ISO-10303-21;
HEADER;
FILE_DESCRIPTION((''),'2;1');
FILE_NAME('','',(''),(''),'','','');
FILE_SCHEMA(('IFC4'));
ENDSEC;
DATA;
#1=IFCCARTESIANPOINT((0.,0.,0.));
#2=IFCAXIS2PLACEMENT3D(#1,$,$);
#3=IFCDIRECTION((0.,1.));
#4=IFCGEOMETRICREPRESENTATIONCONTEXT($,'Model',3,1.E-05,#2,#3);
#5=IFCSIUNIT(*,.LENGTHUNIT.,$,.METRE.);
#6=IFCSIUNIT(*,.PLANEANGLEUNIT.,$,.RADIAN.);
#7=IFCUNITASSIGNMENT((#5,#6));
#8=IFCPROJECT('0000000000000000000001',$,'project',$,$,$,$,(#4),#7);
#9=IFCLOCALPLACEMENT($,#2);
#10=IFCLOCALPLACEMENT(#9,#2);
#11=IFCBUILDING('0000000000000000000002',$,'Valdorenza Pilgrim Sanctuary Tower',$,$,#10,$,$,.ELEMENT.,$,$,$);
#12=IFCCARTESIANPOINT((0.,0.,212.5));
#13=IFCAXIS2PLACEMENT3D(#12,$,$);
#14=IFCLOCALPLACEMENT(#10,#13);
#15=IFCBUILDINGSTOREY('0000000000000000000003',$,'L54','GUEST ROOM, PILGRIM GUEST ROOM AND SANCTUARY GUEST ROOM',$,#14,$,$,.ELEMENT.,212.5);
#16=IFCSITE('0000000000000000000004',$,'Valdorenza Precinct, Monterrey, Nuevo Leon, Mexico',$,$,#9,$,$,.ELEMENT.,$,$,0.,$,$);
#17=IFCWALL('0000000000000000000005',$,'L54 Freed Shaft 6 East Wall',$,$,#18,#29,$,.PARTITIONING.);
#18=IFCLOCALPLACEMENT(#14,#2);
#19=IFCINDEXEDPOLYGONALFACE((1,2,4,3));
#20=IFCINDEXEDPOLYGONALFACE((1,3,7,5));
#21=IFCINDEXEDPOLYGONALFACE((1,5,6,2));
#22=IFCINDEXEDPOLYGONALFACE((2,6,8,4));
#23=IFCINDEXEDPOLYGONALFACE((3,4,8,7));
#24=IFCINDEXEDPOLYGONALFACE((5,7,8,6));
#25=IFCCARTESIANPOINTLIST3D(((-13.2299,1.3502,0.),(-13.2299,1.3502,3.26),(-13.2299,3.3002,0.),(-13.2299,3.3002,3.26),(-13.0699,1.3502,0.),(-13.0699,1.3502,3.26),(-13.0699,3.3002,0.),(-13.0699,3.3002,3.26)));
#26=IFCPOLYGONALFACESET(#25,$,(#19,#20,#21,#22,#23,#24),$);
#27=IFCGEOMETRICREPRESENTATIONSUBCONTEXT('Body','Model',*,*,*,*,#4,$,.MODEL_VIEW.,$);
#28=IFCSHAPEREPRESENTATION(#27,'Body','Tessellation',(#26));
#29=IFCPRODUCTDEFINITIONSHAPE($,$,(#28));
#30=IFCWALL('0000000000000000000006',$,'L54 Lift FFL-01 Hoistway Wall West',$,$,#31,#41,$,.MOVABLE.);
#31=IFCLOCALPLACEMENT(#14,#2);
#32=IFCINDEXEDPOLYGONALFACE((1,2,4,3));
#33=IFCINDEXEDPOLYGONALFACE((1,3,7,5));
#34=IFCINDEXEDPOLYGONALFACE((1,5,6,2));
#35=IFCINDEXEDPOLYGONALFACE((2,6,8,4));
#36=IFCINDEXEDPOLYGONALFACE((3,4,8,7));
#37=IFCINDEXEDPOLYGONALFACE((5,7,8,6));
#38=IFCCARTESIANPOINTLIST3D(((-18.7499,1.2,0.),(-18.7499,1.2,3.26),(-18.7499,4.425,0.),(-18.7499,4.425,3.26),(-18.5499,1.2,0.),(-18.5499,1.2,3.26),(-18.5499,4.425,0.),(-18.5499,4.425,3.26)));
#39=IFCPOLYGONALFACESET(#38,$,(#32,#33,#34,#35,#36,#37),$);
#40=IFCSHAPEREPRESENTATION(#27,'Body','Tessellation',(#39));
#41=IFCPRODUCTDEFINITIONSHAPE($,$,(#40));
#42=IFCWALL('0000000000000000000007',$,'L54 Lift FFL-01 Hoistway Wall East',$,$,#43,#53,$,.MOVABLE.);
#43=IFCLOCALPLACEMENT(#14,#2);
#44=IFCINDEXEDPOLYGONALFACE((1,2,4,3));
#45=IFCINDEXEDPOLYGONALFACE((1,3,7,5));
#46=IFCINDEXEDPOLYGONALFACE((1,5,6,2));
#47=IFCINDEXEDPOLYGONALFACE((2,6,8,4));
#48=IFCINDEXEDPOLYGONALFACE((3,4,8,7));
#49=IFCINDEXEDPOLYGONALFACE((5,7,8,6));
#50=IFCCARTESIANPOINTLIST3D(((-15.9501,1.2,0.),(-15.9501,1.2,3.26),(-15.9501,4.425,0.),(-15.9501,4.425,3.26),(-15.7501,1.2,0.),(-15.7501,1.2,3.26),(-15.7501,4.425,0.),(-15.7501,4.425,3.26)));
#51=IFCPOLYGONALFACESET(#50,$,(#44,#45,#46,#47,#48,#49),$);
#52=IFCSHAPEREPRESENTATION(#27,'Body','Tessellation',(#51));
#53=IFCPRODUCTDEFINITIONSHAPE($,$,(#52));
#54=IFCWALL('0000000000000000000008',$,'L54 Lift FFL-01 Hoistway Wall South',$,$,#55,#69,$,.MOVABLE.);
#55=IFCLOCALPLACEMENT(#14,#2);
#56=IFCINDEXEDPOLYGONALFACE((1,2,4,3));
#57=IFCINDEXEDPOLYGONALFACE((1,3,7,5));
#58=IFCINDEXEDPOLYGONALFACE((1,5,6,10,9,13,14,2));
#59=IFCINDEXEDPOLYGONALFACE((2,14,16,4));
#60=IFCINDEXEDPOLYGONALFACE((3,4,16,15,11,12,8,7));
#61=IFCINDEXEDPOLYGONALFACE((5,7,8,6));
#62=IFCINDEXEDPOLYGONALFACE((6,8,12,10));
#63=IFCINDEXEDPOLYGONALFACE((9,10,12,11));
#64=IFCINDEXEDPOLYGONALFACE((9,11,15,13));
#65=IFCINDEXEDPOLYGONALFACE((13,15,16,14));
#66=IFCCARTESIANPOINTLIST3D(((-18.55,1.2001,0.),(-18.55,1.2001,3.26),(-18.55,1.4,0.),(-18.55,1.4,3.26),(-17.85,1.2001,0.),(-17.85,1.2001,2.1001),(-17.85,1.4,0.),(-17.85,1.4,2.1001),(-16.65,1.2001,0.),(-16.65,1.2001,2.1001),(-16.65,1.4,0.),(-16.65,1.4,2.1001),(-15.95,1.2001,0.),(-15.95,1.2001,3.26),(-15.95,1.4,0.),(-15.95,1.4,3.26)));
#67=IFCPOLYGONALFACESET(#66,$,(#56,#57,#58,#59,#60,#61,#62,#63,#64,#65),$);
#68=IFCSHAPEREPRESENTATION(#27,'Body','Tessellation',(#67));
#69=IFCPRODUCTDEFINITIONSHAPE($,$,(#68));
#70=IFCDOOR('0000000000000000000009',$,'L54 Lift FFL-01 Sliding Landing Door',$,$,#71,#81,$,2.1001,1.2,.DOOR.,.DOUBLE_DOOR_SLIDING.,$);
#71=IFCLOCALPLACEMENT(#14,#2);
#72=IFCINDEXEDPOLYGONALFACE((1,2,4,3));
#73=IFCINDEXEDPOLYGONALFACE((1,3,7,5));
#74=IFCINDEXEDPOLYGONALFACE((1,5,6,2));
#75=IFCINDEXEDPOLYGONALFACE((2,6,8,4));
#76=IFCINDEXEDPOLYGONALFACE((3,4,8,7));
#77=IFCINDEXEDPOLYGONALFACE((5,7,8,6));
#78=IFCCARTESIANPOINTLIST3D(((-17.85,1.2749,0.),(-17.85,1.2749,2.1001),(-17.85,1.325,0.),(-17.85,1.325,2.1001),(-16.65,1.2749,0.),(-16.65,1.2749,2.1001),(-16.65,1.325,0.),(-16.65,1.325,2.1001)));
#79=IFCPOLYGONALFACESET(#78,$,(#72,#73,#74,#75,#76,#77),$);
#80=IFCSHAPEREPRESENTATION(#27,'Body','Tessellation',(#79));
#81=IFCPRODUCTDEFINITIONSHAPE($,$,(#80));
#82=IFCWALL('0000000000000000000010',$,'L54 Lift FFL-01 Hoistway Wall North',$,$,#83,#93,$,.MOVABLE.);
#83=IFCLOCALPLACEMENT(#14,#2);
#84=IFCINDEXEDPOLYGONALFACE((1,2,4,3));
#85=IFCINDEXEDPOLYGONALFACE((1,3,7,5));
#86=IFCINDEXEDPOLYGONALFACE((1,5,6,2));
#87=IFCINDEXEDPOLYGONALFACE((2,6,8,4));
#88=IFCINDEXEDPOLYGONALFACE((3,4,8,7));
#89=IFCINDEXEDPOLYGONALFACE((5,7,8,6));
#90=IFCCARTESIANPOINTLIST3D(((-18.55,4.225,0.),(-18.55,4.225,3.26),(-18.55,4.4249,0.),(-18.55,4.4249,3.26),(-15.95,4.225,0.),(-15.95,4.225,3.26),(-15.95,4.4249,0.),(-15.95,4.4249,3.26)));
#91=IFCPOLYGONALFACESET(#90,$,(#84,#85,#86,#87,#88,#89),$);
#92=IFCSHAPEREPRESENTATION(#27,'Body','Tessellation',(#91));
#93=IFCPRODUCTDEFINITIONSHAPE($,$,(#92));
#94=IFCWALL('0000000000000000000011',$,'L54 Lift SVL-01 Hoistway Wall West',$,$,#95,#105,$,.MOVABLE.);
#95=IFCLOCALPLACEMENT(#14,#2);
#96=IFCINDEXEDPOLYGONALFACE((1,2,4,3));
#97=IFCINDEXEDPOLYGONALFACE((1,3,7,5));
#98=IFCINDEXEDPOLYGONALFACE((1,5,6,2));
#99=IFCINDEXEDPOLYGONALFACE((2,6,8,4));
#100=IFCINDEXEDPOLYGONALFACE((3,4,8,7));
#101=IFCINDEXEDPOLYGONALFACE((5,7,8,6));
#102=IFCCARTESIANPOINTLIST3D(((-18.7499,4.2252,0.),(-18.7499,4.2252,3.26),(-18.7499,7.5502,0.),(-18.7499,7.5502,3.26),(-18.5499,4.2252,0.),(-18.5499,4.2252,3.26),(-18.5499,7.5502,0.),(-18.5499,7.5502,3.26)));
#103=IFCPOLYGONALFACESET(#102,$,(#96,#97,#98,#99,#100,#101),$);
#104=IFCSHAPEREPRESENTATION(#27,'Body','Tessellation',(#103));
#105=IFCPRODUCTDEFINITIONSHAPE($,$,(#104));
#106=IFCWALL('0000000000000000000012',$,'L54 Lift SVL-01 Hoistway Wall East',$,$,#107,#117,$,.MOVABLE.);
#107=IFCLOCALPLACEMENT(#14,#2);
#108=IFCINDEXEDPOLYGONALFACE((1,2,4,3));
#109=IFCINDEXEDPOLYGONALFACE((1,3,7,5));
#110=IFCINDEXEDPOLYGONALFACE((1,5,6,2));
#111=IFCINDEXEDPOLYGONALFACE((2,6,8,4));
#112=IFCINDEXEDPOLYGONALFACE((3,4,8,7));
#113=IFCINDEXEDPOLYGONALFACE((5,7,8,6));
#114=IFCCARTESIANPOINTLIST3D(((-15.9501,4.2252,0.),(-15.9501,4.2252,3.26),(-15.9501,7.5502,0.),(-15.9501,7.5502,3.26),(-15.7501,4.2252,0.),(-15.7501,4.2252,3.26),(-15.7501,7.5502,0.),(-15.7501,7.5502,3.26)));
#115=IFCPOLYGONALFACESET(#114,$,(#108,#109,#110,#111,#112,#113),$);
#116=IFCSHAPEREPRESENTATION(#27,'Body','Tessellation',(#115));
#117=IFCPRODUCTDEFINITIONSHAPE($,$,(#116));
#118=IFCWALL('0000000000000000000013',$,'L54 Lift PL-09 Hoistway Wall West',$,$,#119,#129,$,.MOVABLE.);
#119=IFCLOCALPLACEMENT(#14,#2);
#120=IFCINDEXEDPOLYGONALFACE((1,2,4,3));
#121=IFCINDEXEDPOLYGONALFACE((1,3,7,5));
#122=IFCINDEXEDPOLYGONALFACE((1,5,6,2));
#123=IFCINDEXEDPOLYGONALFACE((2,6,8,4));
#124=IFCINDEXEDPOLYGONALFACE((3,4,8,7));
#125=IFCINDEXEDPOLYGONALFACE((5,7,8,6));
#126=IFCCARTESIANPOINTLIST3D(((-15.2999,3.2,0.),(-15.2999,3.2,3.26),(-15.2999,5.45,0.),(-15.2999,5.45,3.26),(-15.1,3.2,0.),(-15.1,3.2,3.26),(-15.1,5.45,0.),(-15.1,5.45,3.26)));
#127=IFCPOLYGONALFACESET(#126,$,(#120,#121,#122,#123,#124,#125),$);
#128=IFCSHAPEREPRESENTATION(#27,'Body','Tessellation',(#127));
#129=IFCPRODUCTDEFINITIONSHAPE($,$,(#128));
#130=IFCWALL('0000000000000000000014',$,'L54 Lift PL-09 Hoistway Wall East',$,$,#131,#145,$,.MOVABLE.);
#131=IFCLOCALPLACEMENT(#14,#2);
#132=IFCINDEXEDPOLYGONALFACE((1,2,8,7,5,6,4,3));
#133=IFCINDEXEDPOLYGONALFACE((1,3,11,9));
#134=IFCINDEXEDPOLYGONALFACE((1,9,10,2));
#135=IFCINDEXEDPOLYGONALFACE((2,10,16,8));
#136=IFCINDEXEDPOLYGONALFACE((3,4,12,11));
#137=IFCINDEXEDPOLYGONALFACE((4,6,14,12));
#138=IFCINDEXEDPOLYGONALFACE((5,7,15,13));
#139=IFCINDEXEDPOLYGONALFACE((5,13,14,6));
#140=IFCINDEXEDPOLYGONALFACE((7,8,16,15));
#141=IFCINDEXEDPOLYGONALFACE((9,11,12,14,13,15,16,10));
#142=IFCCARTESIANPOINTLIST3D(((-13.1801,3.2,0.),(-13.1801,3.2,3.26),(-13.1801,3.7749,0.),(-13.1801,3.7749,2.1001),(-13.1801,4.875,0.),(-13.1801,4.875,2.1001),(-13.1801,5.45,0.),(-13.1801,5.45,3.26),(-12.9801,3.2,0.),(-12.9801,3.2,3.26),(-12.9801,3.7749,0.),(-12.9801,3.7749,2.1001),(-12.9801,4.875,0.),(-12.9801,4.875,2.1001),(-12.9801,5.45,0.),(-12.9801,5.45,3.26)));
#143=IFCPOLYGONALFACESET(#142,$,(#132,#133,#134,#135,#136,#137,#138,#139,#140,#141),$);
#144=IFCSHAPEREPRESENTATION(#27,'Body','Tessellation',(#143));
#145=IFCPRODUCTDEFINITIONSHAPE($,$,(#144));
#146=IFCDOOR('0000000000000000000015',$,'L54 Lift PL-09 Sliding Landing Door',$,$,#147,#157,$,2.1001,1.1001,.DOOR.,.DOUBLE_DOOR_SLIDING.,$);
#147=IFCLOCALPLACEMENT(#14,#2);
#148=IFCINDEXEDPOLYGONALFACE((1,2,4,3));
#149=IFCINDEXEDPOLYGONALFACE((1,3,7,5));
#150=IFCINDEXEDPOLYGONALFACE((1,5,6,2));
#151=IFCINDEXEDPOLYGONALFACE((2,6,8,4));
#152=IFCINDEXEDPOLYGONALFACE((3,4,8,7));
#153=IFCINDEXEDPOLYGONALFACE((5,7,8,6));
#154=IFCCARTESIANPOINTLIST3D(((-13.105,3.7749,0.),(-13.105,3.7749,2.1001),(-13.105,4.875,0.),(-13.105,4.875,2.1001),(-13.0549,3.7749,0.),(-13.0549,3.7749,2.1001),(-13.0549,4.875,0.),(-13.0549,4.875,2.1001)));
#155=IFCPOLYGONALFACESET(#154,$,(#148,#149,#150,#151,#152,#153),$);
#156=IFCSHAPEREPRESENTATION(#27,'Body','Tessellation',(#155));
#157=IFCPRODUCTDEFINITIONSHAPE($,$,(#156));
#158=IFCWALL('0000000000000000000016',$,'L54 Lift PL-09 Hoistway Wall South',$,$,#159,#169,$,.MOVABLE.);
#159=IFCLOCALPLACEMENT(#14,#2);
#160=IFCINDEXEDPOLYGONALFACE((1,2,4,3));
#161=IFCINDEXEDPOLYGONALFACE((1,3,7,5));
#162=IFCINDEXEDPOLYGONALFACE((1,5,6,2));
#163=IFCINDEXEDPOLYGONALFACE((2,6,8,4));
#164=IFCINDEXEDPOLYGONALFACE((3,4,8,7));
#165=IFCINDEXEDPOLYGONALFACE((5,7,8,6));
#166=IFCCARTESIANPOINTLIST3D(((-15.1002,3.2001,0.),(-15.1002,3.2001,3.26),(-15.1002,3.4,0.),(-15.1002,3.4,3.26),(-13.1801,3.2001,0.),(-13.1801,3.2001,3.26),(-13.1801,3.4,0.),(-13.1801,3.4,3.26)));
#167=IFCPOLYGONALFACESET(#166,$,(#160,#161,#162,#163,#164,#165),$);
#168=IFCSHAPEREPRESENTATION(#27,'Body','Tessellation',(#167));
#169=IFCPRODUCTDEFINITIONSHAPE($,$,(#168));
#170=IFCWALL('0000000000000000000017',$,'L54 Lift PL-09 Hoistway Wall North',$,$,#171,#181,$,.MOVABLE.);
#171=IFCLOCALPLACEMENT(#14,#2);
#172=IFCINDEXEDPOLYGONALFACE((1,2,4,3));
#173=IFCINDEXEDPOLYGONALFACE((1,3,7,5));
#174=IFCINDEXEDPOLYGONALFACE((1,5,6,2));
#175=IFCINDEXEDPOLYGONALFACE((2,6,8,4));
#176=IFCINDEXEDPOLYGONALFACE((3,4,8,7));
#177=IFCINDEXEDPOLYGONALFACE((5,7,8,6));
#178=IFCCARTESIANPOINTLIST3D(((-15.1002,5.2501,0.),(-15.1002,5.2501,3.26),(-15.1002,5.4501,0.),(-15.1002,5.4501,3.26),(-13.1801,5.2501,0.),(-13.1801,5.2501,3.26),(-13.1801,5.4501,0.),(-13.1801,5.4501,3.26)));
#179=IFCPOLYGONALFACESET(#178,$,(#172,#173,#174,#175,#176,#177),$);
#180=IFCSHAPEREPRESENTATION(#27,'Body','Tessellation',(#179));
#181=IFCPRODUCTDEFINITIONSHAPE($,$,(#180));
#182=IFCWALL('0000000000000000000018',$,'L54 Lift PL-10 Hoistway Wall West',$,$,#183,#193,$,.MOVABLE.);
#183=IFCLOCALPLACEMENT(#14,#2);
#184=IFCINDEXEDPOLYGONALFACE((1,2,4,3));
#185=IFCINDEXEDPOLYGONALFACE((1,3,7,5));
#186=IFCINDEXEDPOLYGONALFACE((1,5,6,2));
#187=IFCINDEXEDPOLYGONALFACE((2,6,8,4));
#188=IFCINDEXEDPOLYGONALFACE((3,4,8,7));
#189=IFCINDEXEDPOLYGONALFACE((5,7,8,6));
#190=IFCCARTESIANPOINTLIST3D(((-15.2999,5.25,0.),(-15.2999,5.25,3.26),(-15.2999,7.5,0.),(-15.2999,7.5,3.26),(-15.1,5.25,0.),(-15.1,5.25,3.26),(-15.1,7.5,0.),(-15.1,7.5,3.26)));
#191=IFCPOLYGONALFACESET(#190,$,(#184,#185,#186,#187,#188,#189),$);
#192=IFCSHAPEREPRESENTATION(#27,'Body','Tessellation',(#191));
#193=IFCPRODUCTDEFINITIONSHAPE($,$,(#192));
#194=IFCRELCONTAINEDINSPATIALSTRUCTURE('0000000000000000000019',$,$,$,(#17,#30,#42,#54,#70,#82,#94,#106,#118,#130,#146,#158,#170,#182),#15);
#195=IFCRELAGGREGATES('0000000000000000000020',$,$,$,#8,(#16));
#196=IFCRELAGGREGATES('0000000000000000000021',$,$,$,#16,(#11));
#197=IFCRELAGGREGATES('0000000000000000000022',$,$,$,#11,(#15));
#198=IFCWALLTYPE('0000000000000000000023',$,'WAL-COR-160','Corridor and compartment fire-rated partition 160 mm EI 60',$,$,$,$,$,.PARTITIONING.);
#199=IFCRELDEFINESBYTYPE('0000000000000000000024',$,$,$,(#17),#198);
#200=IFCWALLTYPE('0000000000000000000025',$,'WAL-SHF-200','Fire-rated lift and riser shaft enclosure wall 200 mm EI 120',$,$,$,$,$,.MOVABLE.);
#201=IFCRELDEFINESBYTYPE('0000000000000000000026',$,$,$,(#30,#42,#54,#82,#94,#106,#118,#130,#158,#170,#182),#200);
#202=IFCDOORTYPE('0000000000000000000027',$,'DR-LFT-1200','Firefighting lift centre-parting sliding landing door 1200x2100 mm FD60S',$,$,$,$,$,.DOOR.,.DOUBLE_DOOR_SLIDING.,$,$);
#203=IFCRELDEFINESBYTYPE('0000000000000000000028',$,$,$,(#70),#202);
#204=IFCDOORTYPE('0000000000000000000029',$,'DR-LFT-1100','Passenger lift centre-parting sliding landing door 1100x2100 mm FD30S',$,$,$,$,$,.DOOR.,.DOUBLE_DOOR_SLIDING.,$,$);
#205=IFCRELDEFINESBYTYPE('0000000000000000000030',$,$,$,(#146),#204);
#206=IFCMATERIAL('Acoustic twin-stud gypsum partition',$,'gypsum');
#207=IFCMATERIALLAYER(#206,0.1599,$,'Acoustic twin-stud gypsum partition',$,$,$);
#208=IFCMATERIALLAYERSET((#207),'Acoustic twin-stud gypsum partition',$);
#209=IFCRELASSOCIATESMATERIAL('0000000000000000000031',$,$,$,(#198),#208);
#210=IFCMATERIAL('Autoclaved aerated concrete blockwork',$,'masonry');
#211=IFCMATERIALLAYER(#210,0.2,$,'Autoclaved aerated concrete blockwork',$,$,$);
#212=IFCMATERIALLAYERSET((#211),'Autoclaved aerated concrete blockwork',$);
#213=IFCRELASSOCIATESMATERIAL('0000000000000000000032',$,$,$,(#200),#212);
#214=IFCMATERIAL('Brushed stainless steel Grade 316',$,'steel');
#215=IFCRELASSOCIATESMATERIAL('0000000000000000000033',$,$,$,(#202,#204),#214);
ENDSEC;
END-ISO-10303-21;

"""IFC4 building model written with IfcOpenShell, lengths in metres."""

from ifc_helpers import new_model, si_unit, direction, frame, frame_2d, origin, place, context, subcontext, project, spatial, rectangle, extrude, material, layer, layer_set, type_object, element, fill, save


model = new_model("IFC4")

# Units and contexts
model_context = context("Model", 3, precision=1e-05, world=origin(), true_north=direction((0.0, 1.0)))
body_context = subcontext(model_context, "Body", "Model", "MODEL_VIEW")
ifc_project = project(units=[si_unit("LENGTHUNIT", "METRE"), si_unit("PLANEANGLEUNIT", "RADIAN")], contexts=[model_context])

# Site, building, storey
site_placement = place(None, origin())
site = spatial("IfcSite", under=ifc_project, at=site_placement, Name="Valdorenza Precinct, Monterrey, Nuevo Leon, Mexico", CompositionType="ELEMENT", RefElevation=0.0)
building_placement = place(site_placement, origin())
building = spatial("IfcBuilding", under=site, at=building_placement, Name="Valdorenza Pilgrim Sanctuary Tower", CompositionType="ELEMENT")
storey_placement = place(building_placement, frame((0.0, 0.0, 212.5)))
storey = spatial("IfcBuildingStorey", under=building, at=storey_placement, Name="L54", Description="GUEST ROOM, PILGRIM GUEST ROOM AND SANCTUARY GUEST ROOM", CompositionType="ELEMENT", Elevation=212.5)

# Walls
ifc_material_1 = material(Name="Acoustic twin-stud gypsum partition", Category="gypsum")
ifc_layer_1 = layer(ifc_material_1, 0.1599, Name="Acoustic twin-stud gypsum partition")
ifc_layer_set_1 = layer_set([ifc_layer_1], Name="Acoustic twin-stud gypsum partition")
wall_type_1 = type_object("IfcWallType", Name="WAL-COR-160", Description="Corridor and compartment fire-rated partition 160 mm EI 60", PredefinedType="PARTITIONING", material=ifc_layer_set_1)
wall_1_placement = place(storey_placement, frame((-13.1499, 1.3501, 0.0), z_axis=(0.0, 0.0, 1.0), x_axis=(0.0, 1.0, 0.0)))
element("IfcWall", 1, at=wall_1_placement, inside=storey, type_object=wall_type_1, Name="L54 Freed Shaft 6 East Wall", PredefinedType="PARTITIONING", context=body_context, shape_type="SweptSolid", body=[
    extrude(rectangle(XDim=1.95, YDim=0.1599, at=frame_2d((0.9751, 0.0))), origin(), (0.0, 0.0, 1.0), 3.26),
])
ifc_material_2 = material(Name="Autoclaved aerated concrete blockwork", Category="masonry")
ifc_layer_2 = layer(ifc_material_2, 0.2, Name="Autoclaved aerated concrete blockwork")
ifc_layer_set_2 = layer_set([ifc_layer_2], Name="Autoclaved aerated concrete blockwork")
wall_type_2 = type_object("IfcWallType", Name="WAL-SHF-200", Description="Fire-rated lift and riser shaft enclosure wall 200 mm EI 120", PredefinedType="MOVABLE", material=ifc_layer_set_2)
for number, where, z_axis, x_axis, name in (
    (2, (-18.6499, 1.2, 0.0), (0.0, 0.0, 1.0), (0.0, 1.0, 0.0), "L54 Lift FFL-01 Hoistway Wall West"),
    (3, (-15.8501, 1.2, 0.0), (0.0, 0.0, 1.0), (0.0, 1.0, 0.0), "L54 Lift FFL-01 Hoistway Wall East"),
):
    element("IfcWall", number, at=place(storey_placement, frame(where, z_axis=z_axis, x_axis=x_axis)), inside=storey, type_object=wall_type_2, Name=name, PredefinedType="MOVABLE", context=body_context, shape_type="SweptSolid", body=[
        extrude(rectangle(XDim=3.2251, YDim=0.2, at=frame_2d((1.6125, 0.0))), origin(), (0.0, 0.0, 1.0), 3.26),
    ])

# Wall, opening, door
wall_2_placement = place(storey_placement, frame((-18.55, 1.3, 0.0), z_axis=(0.0, 0.0, 1.0), x_axis=(1.0, 0.0, 0.0)))
wall_2 = element("IfcWall", 4, at=wall_2_placement, inside=storey, type_object=wall_type_2, Name="L54 Lift FFL-01 Hoistway Wall South", PredefinedType="MOVABLE", context=body_context, shape_type="SweptSolid", body=[
    extrude(rectangle(XDim=2.6001, YDim=0.2, at=frame_2d((1.3, 0.0))), origin(), (0.0, 0.0, 1.0), 3.26),
])
opening_1_placement = place(wall_2_placement, frame((0.7, 0.0, 0.0)))
opening_1 = element("IfcOpeningElement", 5, at=opening_1_placement, cuts=wall_2, PredefinedType="OPENING", context=body_context, shape_type="SweptSolid", body=[
    extrude(rectangle(XDim=1.2, YDim=2.1001, at=frame_2d((0.6001, 1.05))), frame((0.0, 0.1147, 0.0), z_axis=(0.0, -1.0, 0.0), x_axis=(1.0, 0.0, 0.0)), (0.0, 0.0, 1.0), 0.2297),
])
ifc_material_3 = material(Name="Brushed stainless steel Grade 316", Category="steel")
door_type_1 = type_object("IfcDoorType", Name="DR-LFT-1200", Description="Firefighting lift centre-parting sliding landing door 1200x2100 mm FD60S", OperationType="DOUBLE_DOOR_SLIDING", PredefinedType="DOOR", material=ifc_material_3)
door_1_placement = place(opening_1_placement, origin())
door_1 = element("IfcDoor", 6, at=door_1_placement, inside=storey, type_object=door_type_1, Name="L54 Lift FFL-01 Sliding Landing Door", OperationType="DOUBLE_DOOR_SLIDING", OverallHeight=2.1001, OverallWidth=1.2, PredefinedType="DOOR", context=body_context, shape_type="SweptSolid", body=[
    extrude(rectangle(XDim=1.2, YDim=2.1001, at=frame_2d((0.6001, 1.05))), frame((0.0, 0.0249, 0.0), z_axis=(0.0, -1.0, 0.0), x_axis=(1.0, 0.0, 0.0)), (0.0, 0.0, 1.0), 0.05),
])
fill(opening_1, door_1)

# Walls
wall_3_placement = place(storey_placement, frame((-18.55, 4.325, 0.0), z_axis=(0.0, 0.0, 1.0), x_axis=(1.0, 0.0, 0.0)))
element("IfcWall", 7, at=wall_3_placement, inside=storey, type_object=wall_type_2, Name="L54 Lift FFL-01 Hoistway Wall North", PredefinedType="MOVABLE", context=body_context, shape_type="SweptSolid", body=[
    extrude(rectangle(XDim=2.6001, YDim=0.2, at=frame_2d((1.3, 0.0))), origin(), (0.0, 0.0, 1.0), 3.26),
])
for number, where, z_axis, x_axis, name in (
    (8, (-18.6499, 4.2251, 0.0), (0.0, 0.0, 1.0), (0.0, 1.0, 0.0), "L54 Lift SVL-01 Hoistway Wall West"),
    (9, (-15.8501, 4.2251, 0.0), (0.0, 0.0, 1.0), (0.0, 1.0, 0.0), "L54 Lift SVL-01 Hoistway Wall East"),
):
    element("IfcWall", number, at=place(storey_placement, frame(where, z_axis=z_axis, x_axis=x_axis)), inside=storey, type_object=wall_type_2, Name=name, PredefinedType="MOVABLE", context=body_context, shape_type="SweptSolid", body=[
        extrude(rectangle(XDim=3.325, YDim=0.2, at=frame_2d((1.6626, 0.0))), origin(), (0.0, 0.0, 1.0), 3.26),
    ])
wall_4_placement = place(storey_placement, frame((-15.2, 3.2, 0.0), z_axis=(0.0, 0.0, 1.0), x_axis=(0.0, 1.0, 0.0)))
element("IfcWall", 10, at=wall_4_placement, inside=storey, type_object=wall_type_2, Name="L54 Lift PL-09 Hoistway Wall West", PredefinedType="MOVABLE", context=body_context, shape_type="SweptSolid", body=[
    extrude(rectangle(XDim=2.25, YDim=0.2, at=frame_2d((1.125, 0.0))), origin(), (0.0, 0.0, 1.0), 3.26),
])

# Wall, opening, door
wall_5_placement = place(storey_placement, frame((-13.0801, 3.2, 0.0), z_axis=(0.0, 0.0, 1.0), x_axis=(0.0, 1.0, 0.0)))
wall_5 = element("IfcWall", 11, at=wall_5_placement, inside=storey, type_object=wall_type_2, Name="L54 Lift PL-09 Hoistway Wall East", PredefinedType="MOVABLE", context=body_context, shape_type="SweptSolid", body=[
    extrude(rectangle(XDim=2.25, YDim=0.2, at=frame_2d((1.125, 0.0))), origin(), (0.0, 0.0, 1.0), 3.26),
])
opening_2_placement = place(wall_5_placement, frame((0.575, 0.0, 0.0)))
opening_2 = element("IfcOpeningElement", 12, at=opening_2_placement, cuts=wall_5, PredefinedType="OPENING", context=body_context, shape_type="SweptSolid", body=[
    extrude(rectangle(XDim=1.1001, YDim=2.1001, at=frame_2d((0.55, 1.05))), frame((0.0, 0.1147, 0.0), z_axis=(0.0, -1.0, 0.0), x_axis=(1.0, 0.0, 0.0)), (0.0, 0.0, 1.0), 0.2297),
])
door_type_2 = type_object("IfcDoorType", Name="DR-LFT-1100", Description="Passenger lift centre-parting sliding landing door 1100x2100 mm FD30S", OperationType="DOUBLE_DOOR_SLIDING", PredefinedType="DOOR", material=ifc_material_3)
door_2_placement = place(opening_2_placement, origin())
door_2 = element("IfcDoor", 13, at=door_2_placement, inside=storey, type_object=door_type_2, Name="L54 Lift PL-09 Sliding Landing Door", OperationType="DOUBLE_DOOR_SLIDING", OverallHeight=2.1001, OverallWidth=1.1001, PredefinedType="DOOR", context=body_context, shape_type="SweptSolid", body=[
    extrude(rectangle(XDim=1.1001, YDim=2.1001, at=frame_2d((0.55, 1.05))), frame((0.0, 0.0249, 0.0), z_axis=(0.0, -1.0, 0.0), x_axis=(1.0, 0.0, 0.0)), (0.0, 0.0, 1.0), 0.05),
])
fill(opening_2, door_2)

# Walls
for number, where, z_axis, x_axis, name in (
    (14, (-15.1001, 3.3, 0.0), (0.0, 0.0, 1.0), (1.0, 0.0, 0.0), "L54 Lift PL-09 Hoistway Wall South"),
    (15, (-15.1001, 5.3501, 0.0), (0.0, 0.0, 1.0), (1.0, 0.0, 0.0), "L54 Lift PL-09 Hoistway Wall North"),
):
    element("IfcWall", number, at=place(storey_placement, frame(where, z_axis=z_axis, x_axis=x_axis)), inside=storey, type_object=wall_type_2, Name=name, PredefinedType="MOVABLE", context=body_context, shape_type="SweptSolid", body=[
        extrude(rectangle(XDim=1.9202, YDim=0.2, at=frame_2d((0.96, 0.0))), origin(), (0.0, 0.0, 1.0), 3.26),
    ])
wall_6_placement = place(storey_placement, frame((-15.2, 5.25, 0.0), z_axis=(0.0, 0.0, 1.0), x_axis=(0.0, 1.0, 0.0)))
element("IfcWall", 16, at=wall_6_placement, inside=storey, type_object=wall_type_2, Name="L54 Lift PL-10 Hoistway Wall West", PredefinedType="MOVABLE", context=body_context, shape_type="SweptSolid", body=[
    extrude(rectangle(XDim=2.25, YDim=0.2, at=frame_2d((1.125, 0.0))), origin(), (0.0, 0.0, 1.0), 3.26),
])

save(model, "model.ifc")
